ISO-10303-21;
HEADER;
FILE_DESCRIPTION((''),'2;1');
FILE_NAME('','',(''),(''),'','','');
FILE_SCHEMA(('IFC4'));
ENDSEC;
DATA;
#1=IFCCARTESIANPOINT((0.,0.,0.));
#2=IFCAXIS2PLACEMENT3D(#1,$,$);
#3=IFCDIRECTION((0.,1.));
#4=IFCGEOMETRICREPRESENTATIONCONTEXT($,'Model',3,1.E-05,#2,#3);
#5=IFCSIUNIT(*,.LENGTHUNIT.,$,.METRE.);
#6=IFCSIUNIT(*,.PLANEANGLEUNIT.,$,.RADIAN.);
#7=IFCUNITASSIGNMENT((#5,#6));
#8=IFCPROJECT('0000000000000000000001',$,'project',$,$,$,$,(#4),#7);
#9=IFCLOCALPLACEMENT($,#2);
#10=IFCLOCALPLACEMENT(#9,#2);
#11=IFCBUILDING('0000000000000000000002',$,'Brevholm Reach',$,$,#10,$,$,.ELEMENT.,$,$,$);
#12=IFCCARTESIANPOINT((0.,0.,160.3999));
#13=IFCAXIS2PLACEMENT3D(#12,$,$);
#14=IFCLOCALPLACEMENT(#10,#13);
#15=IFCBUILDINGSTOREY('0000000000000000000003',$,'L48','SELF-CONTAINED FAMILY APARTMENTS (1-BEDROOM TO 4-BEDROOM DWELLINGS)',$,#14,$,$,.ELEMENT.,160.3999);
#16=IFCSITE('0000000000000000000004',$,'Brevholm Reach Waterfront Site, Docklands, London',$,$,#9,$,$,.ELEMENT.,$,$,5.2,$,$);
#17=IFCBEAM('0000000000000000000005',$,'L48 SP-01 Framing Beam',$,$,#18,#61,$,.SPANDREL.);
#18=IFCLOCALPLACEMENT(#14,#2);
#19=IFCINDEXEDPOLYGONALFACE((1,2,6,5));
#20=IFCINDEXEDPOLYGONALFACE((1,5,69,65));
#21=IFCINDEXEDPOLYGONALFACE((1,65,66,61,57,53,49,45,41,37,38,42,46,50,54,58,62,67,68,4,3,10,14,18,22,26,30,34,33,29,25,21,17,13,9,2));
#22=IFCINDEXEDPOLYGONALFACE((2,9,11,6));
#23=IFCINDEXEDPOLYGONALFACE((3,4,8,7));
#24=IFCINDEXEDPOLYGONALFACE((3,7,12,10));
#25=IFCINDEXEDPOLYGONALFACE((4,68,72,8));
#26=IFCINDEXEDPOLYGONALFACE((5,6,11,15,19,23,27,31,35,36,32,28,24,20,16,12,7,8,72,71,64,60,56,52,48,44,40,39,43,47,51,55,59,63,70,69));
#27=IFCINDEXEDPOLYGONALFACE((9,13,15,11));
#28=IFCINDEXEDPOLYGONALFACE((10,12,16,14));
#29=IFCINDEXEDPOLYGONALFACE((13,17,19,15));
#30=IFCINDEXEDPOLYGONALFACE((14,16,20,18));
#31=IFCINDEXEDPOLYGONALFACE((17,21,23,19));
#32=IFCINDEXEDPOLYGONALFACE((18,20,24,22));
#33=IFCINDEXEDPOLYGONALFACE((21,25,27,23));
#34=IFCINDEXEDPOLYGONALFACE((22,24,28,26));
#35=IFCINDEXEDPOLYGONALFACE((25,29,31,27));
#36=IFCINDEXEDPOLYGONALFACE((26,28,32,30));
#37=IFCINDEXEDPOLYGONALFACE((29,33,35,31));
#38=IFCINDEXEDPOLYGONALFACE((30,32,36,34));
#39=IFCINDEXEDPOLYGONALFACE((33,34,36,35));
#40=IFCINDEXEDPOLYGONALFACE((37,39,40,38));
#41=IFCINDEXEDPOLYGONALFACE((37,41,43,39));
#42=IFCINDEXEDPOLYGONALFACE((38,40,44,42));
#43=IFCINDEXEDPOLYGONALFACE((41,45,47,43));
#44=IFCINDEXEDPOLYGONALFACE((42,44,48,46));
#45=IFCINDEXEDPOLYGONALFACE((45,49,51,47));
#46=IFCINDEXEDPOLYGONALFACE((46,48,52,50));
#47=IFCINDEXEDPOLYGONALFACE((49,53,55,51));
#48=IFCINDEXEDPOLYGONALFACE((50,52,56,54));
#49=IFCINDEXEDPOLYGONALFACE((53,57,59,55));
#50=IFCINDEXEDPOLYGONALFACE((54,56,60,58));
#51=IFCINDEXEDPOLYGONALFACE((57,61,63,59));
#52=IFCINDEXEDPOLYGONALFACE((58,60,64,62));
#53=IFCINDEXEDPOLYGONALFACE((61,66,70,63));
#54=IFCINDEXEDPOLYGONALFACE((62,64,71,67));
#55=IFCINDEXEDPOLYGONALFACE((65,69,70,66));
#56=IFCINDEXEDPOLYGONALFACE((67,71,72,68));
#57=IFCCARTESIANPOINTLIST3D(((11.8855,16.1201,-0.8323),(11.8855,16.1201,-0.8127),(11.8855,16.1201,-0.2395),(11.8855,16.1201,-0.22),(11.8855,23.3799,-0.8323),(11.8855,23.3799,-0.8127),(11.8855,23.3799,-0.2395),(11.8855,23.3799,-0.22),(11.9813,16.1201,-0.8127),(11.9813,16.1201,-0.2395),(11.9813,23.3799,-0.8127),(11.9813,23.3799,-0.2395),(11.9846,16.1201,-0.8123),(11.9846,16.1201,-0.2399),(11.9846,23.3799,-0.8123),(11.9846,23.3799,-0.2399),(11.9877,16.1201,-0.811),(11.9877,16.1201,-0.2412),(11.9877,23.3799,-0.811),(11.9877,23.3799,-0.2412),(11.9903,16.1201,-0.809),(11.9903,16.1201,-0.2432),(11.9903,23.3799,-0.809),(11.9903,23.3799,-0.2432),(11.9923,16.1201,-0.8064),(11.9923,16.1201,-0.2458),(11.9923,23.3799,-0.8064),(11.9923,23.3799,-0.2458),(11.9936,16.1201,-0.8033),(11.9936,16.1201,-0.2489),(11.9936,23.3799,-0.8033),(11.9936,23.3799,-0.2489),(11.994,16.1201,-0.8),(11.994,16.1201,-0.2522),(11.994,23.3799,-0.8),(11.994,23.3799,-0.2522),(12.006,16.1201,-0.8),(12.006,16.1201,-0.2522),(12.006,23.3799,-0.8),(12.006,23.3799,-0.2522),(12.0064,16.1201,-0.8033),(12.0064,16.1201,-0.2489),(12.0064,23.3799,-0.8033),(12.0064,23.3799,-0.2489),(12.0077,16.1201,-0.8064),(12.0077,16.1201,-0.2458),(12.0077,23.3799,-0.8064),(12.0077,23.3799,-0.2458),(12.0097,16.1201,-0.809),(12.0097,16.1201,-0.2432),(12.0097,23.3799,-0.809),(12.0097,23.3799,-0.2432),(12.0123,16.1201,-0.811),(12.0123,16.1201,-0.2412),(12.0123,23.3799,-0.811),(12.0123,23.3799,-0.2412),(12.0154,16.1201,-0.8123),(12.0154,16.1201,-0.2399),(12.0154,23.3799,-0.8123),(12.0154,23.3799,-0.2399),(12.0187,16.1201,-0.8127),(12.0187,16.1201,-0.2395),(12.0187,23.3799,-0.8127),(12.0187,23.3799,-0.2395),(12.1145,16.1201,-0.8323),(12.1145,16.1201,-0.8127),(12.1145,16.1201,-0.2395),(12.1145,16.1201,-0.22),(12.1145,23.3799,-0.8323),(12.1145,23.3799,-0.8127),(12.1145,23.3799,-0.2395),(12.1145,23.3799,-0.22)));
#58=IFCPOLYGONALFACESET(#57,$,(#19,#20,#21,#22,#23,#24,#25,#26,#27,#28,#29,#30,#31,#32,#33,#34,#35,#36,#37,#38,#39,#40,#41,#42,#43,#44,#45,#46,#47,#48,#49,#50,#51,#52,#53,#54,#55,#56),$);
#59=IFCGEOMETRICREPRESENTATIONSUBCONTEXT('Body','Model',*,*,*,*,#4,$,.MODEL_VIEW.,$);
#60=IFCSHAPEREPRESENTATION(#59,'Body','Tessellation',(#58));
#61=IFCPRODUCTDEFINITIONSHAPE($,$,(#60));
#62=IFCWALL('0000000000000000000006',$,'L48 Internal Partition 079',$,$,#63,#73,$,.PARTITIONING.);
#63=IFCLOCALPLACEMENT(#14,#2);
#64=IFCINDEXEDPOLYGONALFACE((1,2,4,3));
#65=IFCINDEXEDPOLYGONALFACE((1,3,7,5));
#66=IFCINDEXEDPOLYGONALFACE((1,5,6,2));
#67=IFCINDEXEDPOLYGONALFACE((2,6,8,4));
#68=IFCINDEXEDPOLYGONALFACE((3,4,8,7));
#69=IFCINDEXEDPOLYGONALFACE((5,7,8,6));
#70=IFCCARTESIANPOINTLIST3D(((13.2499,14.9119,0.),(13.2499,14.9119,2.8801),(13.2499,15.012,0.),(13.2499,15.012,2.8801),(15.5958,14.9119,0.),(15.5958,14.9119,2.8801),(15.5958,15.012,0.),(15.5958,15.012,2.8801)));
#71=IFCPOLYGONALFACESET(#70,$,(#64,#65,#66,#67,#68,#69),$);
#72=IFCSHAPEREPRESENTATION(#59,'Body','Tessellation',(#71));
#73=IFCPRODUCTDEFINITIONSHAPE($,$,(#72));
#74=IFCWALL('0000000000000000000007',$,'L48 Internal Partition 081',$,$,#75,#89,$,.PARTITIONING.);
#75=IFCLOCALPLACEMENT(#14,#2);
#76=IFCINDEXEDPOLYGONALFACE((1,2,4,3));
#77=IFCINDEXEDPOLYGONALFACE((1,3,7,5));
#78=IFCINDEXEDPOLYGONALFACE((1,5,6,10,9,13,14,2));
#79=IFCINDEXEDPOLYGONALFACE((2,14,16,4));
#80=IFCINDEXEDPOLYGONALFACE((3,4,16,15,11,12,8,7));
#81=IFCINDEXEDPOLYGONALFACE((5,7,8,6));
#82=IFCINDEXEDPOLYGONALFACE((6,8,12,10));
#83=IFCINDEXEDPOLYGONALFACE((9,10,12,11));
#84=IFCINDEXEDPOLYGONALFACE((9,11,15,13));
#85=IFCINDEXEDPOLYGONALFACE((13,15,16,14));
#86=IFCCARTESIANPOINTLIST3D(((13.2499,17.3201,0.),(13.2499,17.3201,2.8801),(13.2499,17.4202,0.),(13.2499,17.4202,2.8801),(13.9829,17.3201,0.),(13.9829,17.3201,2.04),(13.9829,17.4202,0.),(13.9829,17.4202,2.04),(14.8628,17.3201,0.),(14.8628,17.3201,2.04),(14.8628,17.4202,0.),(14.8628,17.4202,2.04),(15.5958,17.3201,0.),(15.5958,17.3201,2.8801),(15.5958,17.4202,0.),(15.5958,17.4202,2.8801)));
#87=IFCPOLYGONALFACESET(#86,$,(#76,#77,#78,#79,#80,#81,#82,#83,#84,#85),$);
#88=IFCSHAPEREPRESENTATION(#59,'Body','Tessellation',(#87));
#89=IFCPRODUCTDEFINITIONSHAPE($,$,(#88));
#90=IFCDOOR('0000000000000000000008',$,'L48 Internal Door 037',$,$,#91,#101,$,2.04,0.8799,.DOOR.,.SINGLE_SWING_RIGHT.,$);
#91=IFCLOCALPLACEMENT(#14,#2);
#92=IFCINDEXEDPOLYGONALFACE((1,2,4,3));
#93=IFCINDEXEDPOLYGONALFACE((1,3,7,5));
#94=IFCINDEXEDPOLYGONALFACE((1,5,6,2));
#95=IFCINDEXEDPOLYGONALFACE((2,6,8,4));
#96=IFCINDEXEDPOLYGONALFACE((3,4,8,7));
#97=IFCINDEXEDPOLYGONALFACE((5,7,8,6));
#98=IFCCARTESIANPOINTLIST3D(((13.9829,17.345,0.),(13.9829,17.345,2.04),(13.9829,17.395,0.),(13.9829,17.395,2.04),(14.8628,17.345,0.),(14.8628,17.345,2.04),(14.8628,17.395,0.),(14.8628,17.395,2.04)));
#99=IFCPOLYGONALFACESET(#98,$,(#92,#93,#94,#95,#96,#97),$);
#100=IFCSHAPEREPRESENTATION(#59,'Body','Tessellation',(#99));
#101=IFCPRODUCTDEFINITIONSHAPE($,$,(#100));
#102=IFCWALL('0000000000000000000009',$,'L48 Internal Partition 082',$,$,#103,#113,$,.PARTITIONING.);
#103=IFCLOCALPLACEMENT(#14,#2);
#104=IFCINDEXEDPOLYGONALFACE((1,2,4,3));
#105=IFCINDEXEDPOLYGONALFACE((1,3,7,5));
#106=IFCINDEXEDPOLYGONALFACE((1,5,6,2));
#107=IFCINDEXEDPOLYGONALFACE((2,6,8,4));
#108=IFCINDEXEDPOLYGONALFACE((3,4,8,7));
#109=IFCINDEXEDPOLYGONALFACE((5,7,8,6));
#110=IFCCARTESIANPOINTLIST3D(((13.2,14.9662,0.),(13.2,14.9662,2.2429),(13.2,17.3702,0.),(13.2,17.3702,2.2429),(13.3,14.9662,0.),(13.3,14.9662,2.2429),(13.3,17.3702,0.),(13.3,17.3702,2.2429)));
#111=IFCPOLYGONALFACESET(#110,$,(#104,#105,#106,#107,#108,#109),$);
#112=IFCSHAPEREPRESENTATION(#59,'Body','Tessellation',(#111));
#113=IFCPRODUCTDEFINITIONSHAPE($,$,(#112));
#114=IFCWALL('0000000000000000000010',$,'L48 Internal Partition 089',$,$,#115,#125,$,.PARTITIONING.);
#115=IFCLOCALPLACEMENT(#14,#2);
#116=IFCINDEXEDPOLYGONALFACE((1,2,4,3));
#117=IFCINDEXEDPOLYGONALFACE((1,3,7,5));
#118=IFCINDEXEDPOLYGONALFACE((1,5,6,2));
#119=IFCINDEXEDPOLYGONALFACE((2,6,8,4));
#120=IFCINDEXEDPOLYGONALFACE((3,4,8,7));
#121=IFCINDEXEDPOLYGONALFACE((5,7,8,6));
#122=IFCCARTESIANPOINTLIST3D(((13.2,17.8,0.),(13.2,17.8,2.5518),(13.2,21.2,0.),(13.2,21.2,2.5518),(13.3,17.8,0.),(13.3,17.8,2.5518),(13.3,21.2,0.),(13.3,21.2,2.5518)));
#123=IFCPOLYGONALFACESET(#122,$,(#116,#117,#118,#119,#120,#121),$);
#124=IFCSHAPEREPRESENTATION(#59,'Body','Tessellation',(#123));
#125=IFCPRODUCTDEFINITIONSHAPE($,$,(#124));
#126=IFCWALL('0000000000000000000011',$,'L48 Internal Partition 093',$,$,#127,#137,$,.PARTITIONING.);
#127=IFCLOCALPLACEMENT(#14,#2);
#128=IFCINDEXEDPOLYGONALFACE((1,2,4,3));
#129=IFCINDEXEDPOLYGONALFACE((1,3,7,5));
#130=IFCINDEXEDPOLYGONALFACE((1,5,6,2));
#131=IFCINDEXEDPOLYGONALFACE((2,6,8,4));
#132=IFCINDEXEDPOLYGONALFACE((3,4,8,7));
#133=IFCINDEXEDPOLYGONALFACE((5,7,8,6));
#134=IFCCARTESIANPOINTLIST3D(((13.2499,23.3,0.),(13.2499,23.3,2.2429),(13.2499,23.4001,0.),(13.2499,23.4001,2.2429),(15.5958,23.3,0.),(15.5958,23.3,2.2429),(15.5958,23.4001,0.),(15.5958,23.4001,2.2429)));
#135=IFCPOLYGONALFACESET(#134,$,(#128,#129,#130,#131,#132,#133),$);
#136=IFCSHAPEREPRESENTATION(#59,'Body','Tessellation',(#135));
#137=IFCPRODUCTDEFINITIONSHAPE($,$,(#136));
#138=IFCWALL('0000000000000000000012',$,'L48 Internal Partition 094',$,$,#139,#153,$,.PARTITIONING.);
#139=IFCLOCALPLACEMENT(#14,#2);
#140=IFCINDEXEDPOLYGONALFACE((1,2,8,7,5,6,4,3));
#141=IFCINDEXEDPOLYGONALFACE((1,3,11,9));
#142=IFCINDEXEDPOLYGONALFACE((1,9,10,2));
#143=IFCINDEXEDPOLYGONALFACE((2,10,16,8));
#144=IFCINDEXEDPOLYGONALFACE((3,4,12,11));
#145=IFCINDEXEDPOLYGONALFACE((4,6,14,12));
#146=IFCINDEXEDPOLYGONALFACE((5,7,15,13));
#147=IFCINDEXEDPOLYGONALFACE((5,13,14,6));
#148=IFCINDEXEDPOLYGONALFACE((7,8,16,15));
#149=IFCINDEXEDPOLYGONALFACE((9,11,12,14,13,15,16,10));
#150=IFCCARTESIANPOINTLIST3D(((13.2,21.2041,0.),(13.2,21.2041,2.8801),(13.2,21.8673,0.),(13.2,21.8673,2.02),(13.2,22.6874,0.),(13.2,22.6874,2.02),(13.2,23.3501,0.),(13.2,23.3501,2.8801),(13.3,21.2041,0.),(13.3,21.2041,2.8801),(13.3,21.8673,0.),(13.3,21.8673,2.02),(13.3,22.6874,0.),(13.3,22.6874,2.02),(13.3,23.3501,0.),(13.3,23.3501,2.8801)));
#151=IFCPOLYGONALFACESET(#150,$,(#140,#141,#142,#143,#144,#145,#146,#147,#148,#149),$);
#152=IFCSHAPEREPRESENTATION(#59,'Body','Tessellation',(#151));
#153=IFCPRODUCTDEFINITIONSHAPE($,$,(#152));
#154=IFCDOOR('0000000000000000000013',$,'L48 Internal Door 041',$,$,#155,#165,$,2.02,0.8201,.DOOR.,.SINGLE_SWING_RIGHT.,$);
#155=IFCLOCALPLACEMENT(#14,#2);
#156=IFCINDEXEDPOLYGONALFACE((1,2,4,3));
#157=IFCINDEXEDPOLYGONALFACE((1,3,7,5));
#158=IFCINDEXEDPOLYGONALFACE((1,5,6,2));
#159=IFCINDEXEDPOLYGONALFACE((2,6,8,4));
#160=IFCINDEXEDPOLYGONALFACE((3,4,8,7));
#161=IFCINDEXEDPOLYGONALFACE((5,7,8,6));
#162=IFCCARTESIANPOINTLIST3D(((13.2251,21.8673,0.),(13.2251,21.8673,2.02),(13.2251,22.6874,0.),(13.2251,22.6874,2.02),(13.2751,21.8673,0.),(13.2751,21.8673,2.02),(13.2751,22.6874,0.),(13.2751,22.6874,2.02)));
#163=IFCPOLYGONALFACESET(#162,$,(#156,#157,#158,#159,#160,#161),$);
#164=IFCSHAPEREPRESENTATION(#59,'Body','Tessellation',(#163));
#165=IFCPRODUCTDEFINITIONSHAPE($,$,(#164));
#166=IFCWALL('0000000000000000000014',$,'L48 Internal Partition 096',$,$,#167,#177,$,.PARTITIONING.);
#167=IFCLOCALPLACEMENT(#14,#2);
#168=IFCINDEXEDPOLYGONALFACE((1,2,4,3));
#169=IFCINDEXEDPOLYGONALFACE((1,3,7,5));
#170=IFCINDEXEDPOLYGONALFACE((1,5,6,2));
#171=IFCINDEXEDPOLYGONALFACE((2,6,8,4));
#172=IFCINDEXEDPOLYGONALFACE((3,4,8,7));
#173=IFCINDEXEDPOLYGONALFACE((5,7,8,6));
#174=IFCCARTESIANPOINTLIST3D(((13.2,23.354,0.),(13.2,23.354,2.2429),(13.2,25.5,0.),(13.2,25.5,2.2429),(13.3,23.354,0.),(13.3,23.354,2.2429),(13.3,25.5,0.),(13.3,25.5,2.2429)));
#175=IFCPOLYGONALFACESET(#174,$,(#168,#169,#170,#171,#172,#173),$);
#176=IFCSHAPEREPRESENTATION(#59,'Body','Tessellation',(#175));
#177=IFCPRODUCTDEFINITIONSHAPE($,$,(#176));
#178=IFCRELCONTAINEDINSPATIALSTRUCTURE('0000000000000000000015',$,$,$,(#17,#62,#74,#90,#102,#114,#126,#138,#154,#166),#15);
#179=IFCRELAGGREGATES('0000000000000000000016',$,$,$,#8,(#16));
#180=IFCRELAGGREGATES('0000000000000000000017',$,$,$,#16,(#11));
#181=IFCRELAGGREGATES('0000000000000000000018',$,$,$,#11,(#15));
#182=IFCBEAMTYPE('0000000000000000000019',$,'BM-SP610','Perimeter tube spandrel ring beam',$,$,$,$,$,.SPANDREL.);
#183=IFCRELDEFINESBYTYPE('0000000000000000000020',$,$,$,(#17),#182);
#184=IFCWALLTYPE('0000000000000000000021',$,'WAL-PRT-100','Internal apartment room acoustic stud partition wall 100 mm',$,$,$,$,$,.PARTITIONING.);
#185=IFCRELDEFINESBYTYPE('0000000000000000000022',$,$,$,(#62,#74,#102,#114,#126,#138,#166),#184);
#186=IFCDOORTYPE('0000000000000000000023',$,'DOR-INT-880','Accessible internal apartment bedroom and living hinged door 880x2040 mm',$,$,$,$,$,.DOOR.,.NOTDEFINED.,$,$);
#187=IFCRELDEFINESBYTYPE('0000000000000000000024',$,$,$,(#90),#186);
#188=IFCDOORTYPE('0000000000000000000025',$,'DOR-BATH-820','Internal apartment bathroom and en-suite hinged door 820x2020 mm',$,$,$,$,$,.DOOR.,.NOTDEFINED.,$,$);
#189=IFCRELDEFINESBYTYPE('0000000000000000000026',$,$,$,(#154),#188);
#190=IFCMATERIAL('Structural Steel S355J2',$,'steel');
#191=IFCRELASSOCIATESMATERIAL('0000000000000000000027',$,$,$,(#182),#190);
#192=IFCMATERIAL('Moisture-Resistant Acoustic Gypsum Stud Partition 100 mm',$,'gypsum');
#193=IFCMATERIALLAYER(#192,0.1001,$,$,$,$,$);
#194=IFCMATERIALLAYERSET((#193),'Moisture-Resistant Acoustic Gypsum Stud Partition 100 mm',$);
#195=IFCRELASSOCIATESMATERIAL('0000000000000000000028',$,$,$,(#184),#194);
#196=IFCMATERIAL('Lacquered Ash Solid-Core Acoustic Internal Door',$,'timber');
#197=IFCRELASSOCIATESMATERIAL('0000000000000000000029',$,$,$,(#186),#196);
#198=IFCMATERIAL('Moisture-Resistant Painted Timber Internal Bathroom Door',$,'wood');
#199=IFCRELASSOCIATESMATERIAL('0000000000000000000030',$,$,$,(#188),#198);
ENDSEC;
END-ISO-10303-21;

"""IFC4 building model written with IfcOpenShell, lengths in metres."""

from ifc_helpers import new_model, si_unit, direction, frame, frame_2d, origin, origin_2d, place, context, subcontext, project, spatial, rectangle, i_section, extrude, material, layer, layer_set, material_profile, profile_set, type_object, element, fill, save


model = new_model("IFC4")

# Units and contexts
model_context = context("Model", 3, precision=1e-05, world=origin(), true_north=direction((0.0, 1.0)))
body_context = subcontext(model_context, "Body", "Model", "MODEL_VIEW")
ifc_project = project(units=[si_unit("LENGTHUNIT", "METRE"), si_unit("PLANEANGLEUNIT", "RADIAN")], contexts=[model_context])

# Site, building, storey
site_placement = place(None, origin())
site = spatial("IfcSite", under=ifc_project, at=site_placement, Name="Brevholm Reach Waterfront Site, Docklands, London", CompositionType="ELEMENT", RefElevation=5.2)
building_placement = place(site_placement, origin())
building = spatial("IfcBuilding", under=site, at=building_placement, Name="Brevholm Reach", CompositionType="ELEMENT")
storey_placement = place(building_placement, frame((0.0, 0.0, 160.3999)))
storey = spatial("IfcBuildingStorey", under=building, at=storey_placement, Name="L48", Description="SELF-CONTAINED FAMILY APARTMENTS (1-BEDROOM TO 4-BEDROOM DWELLINGS)", CompositionType="ELEMENT", Elevation=160.3999)

# Beam
ifc_material_1 = material(Name="Structural Steel S355J2", Category="steel")
ifc_material_profile_1 = material_profile(ifc_material_1, i_section(OverallWidth=0.229, OverallDepth=0.6123, WebThickness=0.012, FlangeThickness=0.0195, FilletRadius=0.0127, at=origin_2d()), Name="UKB 610x229x125")
ifc_profile_set_1 = profile_set([ifc_material_profile_1], Name="Structural Steel S355J2")
beam_type_1 = type_object("IfcBeamType", Name="BM-SP610", Description="Perimeter tube spandrel ring beam", PredefinedType="SPANDREL", material=ifc_profile_set_1)
beam_1_placement = place(storey_placement, frame((12.0, 16.1201, -0.5261), z_axis=(0.0, 1.0, 0.0), x_axis=(-1.0, 0.0, 0.0)))
element("IfcBeam", 1, at=beam_1_placement, inside=storey, type_object=beam_type_1, Name="L48 SP-01 Framing Beam", PredefinedType="SPANDREL", context=body_context, shape_type="SweptSolid", body=[
    extrude(i_section(OverallWidth=0.229, OverallDepth=0.6123, WebThickness=0.012, FlangeThickness=0.0195, FilletRadius=0.0127, at=origin_2d()), origin(), (0.0, 0.0, 1.0), 7.2598),
])

# Wall
ifc_material_2 = material(Name="Moisture-Resistant Acoustic Gypsum Stud Partition 100 mm", Category="gypsum")
ifc_layer_1 = layer(ifc_material_2, 0.1001)
ifc_layer_set_1 = layer_set([ifc_layer_1], Name="Moisture-Resistant Acoustic Gypsum Stud Partition 100 mm")
wall_type_1 = type_object("IfcWallType", Name="WAL-PRT-100", Description="Internal apartment room acoustic stud partition wall 100 mm", PredefinedType="PARTITIONING", material=ifc_layer_set_1)
wall_1_placement = place(storey_placement, frame((13.25, 14.9619, 0.0), z_axis=(0.0, 0.0, 1.0), x_axis=(1.0, 0.0, 0.0)))
element("IfcWall", 2, at=wall_1_placement, inside=storey, type_object=wall_type_1, Name="L48 Internal Partition 079", PredefinedType="PARTITIONING", context=body_context, shape_type="SweptSolid", body=[
    extrude(rectangle(XDim=2.3459, YDim=0.1001, at=frame_2d((1.1729, 0.0))), origin(), (0.0, 0.0, 1.0), 2.8801),
])

# Wall, opening, door
wall_2_placement = place(storey_placement, frame((13.25, 17.3701, 0.0), z_axis=(0.0, 0.0, 1.0), x_axis=(1.0, 0.0, 0.0)))
wall_2 = element("IfcWall", 3, at=wall_2_placement, inside=storey, type_object=wall_type_1, Name="L48 Internal Partition 081", PredefinedType="PARTITIONING", context=body_context, shape_type="SweptSolid", body=[
    extrude(rectangle(XDim=2.3459, YDim=0.1001, at=frame_2d((1.1729, 0.0))), origin(), (0.0, 0.0, 1.0), 2.8801),
])
opening_1_placement = place(wall_2_placement, frame((0.7329, 0.0, 0.0)))
opening_1 = element("IfcOpeningElement", 4, at=opening_1_placement, cuts=wall_2, PredefinedType="OPENING", context=body_context, shape_type="SweptSolid", body=[
    extrude(rectangle(XDim=0.8799, YDim=2.04, at=frame_2d((0.4399, 1.02))), frame((0.0, 0.0601, 0.0), z_axis=(0.0, -1.0, 0.0), x_axis=(1.0, 0.0, 0.0)), (0.0, 0.0, 1.0), 0.1201),
])
ifc_material_3 = material(Name="Lacquered Ash Solid-Core Acoustic Internal Door", Category="timber")
door_type_1 = type_object("IfcDoorType", Name="DOR-INT-880", Description="Accessible internal apartment bedroom and living hinged door 880x2040 mm", OperationType="NOTDEFINED", PredefinedType="DOOR", material=ifc_material_3)
door_1_placement = place(opening_1_placement, origin())
door_1 = element("IfcDoor", 5, at=door_1_placement, inside=storey, type_object=door_type_1, Name="L48 Internal Door 037", OperationType="SINGLE_SWING_RIGHT", OverallHeight=2.04, OverallWidth=0.8799, PredefinedType="DOOR", context=body_context, shape_type="SweptSolid", body=[
    extrude(rectangle(XDim=0.8799, YDim=2.04, at=frame_2d((0.4399, 1.02))), frame((0.0, 0.0249, 0.0), z_axis=(0.0, -1.0, 0.0), x_axis=(1.0, 0.0, 0.0)), (0.0, 0.0, 1.0), 0.05),
])
fill(opening_1, door_1)

# Walls
wall_3_placement = place(storey_placement, frame((13.25, 14.9661, 0.0), z_axis=(0.0, 0.0, 1.0), x_axis=(0.0, 1.0, 0.0)))
element("IfcWall", 6, at=wall_3_placement, inside=storey, type_object=wall_type_1, Name="L48 Internal Partition 082", PredefinedType="PARTITIONING", context=body_context, shape_type="SweptSolid", body=[
    extrude(rectangle(XDim=2.4041, YDim=0.1001, at=frame_2d((1.2021, 0.0))), origin(), (0.0, 0.0, 1.0), 2.2429),
])
wall_4_placement = place(storey_placement, frame((13.25, 17.8, 0.0), z_axis=(0.0, 0.0, 1.0), x_axis=(0.0, 1.0, 0.0)))
element("IfcWall", 7, at=wall_4_placement, inside=storey, type_object=wall_type_1, Name="L48 Internal Partition 089", PredefinedType="PARTITIONING", context=body_context, shape_type="SweptSolid", body=[
    extrude(rectangle(XDim=3.3999, YDim=0.1001, at=frame_2d((1.7, 0.0))), origin(), (0.0, 0.0, 1.0), 2.5518),
])
wall_5_placement = place(storey_placement, frame((13.25, 23.3501, 0.0), z_axis=(0.0, 0.0, 1.0), x_axis=(1.0, 0.0, 0.0)))
element("IfcWall", 8, at=wall_5_placement, inside=storey, type_object=wall_type_1, Name="L48 Internal Partition 093", PredefinedType="PARTITIONING", context=body_context, shape_type="SweptSolid", body=[
    extrude(rectangle(XDim=2.3459, YDim=0.1001, at=frame_2d((1.1729, 0.0))), origin(), (0.0, 0.0, 1.0), 2.2429),
])

# Wall, opening, door
wall_6_placement = place(storey_placement, frame((13.25, 21.2041, 0.0), z_axis=(0.0, 0.0, 1.0), x_axis=(0.0, 1.0, 0.0)))
wall_6 = element("IfcWall", 9, at=wall_6_placement, inside=storey, type_object=wall_type_1, Name="L48 Internal Partition 094", PredefinedType="PARTITIONING", context=body_context, shape_type="SweptSolid", body=[
    extrude(rectangle(XDim=2.146, YDim=0.1001, at=frame_2d((1.073, 0.0))), origin(), (0.0, 0.0, 1.0), 2.8801),
])
opening_2_placement = place(wall_6_placement, frame((0.6631, 0.0, 0.0)))
opening_2 = element("IfcOpeningElement", 10, at=opening_2_placement, cuts=wall_6, PredefinedType="OPENING", context=body_context, shape_type="SweptSolid", body=[
    extrude(rectangle(XDim=0.8201, YDim=2.02, at=frame_2d((0.4102, 1.01))), frame((0.0, 0.0601, 0.0), z_axis=(0.0, -1.0, 0.0), x_axis=(1.0, 0.0, 0.0)), (0.0, 0.0, 1.0), 0.1201),
])
ifc_material_4 = material(Name="Moisture-Resistant Painted Timber Internal Bathroom Door", Category="wood")
door_type_2 = type_object("IfcDoorType", Name="DOR-BATH-820", Description="Internal apartment bathroom and en-suite hinged door 820x2020 mm", OperationType="NOTDEFINED", PredefinedType="DOOR", material=ifc_material_4)
door_2_placement = place(opening_2_placement, origin())
door_2 = element("IfcDoor", 11, at=door_2_placement, inside=storey, type_object=door_type_2, Name="L48 Internal Door 041", OperationType="SINGLE_SWING_RIGHT", OverallHeight=2.02, OverallWidth=0.8201, PredefinedType="DOOR", context=body_context, shape_type="SweptSolid", body=[
    extrude(rectangle(XDim=0.8201, YDim=2.02, at=frame_2d((0.4102, 1.01))), frame((0.0, 0.0249, 0.0), z_axis=(0.0, -1.0, 0.0), x_axis=(1.0, 0.0, 0.0)), (0.0, 0.0, 1.0), 0.05),
])
fill(opening_2, door_2)

# Wall
wall_7_placement = place(storey_placement, frame((13.25, 23.354, 0.0), z_axis=(0.0, 0.0, 1.0), x_axis=(0.0, 1.0, 0.0)))
element("IfcWall", 12, at=wall_7_placement, inside=storey, type_object=wall_type_1, Name="L48 Internal Partition 096", PredefinedType="PARTITIONING", context=body_context, shape_type="SweptSolid", body=[
    extrude(rectangle(XDim=2.146, YDim=0.1001, at=frame_2d((1.073, 0.0))), origin(), (0.0, 0.0, 1.0), 2.2429),
])

save(model, "model.ifc")
